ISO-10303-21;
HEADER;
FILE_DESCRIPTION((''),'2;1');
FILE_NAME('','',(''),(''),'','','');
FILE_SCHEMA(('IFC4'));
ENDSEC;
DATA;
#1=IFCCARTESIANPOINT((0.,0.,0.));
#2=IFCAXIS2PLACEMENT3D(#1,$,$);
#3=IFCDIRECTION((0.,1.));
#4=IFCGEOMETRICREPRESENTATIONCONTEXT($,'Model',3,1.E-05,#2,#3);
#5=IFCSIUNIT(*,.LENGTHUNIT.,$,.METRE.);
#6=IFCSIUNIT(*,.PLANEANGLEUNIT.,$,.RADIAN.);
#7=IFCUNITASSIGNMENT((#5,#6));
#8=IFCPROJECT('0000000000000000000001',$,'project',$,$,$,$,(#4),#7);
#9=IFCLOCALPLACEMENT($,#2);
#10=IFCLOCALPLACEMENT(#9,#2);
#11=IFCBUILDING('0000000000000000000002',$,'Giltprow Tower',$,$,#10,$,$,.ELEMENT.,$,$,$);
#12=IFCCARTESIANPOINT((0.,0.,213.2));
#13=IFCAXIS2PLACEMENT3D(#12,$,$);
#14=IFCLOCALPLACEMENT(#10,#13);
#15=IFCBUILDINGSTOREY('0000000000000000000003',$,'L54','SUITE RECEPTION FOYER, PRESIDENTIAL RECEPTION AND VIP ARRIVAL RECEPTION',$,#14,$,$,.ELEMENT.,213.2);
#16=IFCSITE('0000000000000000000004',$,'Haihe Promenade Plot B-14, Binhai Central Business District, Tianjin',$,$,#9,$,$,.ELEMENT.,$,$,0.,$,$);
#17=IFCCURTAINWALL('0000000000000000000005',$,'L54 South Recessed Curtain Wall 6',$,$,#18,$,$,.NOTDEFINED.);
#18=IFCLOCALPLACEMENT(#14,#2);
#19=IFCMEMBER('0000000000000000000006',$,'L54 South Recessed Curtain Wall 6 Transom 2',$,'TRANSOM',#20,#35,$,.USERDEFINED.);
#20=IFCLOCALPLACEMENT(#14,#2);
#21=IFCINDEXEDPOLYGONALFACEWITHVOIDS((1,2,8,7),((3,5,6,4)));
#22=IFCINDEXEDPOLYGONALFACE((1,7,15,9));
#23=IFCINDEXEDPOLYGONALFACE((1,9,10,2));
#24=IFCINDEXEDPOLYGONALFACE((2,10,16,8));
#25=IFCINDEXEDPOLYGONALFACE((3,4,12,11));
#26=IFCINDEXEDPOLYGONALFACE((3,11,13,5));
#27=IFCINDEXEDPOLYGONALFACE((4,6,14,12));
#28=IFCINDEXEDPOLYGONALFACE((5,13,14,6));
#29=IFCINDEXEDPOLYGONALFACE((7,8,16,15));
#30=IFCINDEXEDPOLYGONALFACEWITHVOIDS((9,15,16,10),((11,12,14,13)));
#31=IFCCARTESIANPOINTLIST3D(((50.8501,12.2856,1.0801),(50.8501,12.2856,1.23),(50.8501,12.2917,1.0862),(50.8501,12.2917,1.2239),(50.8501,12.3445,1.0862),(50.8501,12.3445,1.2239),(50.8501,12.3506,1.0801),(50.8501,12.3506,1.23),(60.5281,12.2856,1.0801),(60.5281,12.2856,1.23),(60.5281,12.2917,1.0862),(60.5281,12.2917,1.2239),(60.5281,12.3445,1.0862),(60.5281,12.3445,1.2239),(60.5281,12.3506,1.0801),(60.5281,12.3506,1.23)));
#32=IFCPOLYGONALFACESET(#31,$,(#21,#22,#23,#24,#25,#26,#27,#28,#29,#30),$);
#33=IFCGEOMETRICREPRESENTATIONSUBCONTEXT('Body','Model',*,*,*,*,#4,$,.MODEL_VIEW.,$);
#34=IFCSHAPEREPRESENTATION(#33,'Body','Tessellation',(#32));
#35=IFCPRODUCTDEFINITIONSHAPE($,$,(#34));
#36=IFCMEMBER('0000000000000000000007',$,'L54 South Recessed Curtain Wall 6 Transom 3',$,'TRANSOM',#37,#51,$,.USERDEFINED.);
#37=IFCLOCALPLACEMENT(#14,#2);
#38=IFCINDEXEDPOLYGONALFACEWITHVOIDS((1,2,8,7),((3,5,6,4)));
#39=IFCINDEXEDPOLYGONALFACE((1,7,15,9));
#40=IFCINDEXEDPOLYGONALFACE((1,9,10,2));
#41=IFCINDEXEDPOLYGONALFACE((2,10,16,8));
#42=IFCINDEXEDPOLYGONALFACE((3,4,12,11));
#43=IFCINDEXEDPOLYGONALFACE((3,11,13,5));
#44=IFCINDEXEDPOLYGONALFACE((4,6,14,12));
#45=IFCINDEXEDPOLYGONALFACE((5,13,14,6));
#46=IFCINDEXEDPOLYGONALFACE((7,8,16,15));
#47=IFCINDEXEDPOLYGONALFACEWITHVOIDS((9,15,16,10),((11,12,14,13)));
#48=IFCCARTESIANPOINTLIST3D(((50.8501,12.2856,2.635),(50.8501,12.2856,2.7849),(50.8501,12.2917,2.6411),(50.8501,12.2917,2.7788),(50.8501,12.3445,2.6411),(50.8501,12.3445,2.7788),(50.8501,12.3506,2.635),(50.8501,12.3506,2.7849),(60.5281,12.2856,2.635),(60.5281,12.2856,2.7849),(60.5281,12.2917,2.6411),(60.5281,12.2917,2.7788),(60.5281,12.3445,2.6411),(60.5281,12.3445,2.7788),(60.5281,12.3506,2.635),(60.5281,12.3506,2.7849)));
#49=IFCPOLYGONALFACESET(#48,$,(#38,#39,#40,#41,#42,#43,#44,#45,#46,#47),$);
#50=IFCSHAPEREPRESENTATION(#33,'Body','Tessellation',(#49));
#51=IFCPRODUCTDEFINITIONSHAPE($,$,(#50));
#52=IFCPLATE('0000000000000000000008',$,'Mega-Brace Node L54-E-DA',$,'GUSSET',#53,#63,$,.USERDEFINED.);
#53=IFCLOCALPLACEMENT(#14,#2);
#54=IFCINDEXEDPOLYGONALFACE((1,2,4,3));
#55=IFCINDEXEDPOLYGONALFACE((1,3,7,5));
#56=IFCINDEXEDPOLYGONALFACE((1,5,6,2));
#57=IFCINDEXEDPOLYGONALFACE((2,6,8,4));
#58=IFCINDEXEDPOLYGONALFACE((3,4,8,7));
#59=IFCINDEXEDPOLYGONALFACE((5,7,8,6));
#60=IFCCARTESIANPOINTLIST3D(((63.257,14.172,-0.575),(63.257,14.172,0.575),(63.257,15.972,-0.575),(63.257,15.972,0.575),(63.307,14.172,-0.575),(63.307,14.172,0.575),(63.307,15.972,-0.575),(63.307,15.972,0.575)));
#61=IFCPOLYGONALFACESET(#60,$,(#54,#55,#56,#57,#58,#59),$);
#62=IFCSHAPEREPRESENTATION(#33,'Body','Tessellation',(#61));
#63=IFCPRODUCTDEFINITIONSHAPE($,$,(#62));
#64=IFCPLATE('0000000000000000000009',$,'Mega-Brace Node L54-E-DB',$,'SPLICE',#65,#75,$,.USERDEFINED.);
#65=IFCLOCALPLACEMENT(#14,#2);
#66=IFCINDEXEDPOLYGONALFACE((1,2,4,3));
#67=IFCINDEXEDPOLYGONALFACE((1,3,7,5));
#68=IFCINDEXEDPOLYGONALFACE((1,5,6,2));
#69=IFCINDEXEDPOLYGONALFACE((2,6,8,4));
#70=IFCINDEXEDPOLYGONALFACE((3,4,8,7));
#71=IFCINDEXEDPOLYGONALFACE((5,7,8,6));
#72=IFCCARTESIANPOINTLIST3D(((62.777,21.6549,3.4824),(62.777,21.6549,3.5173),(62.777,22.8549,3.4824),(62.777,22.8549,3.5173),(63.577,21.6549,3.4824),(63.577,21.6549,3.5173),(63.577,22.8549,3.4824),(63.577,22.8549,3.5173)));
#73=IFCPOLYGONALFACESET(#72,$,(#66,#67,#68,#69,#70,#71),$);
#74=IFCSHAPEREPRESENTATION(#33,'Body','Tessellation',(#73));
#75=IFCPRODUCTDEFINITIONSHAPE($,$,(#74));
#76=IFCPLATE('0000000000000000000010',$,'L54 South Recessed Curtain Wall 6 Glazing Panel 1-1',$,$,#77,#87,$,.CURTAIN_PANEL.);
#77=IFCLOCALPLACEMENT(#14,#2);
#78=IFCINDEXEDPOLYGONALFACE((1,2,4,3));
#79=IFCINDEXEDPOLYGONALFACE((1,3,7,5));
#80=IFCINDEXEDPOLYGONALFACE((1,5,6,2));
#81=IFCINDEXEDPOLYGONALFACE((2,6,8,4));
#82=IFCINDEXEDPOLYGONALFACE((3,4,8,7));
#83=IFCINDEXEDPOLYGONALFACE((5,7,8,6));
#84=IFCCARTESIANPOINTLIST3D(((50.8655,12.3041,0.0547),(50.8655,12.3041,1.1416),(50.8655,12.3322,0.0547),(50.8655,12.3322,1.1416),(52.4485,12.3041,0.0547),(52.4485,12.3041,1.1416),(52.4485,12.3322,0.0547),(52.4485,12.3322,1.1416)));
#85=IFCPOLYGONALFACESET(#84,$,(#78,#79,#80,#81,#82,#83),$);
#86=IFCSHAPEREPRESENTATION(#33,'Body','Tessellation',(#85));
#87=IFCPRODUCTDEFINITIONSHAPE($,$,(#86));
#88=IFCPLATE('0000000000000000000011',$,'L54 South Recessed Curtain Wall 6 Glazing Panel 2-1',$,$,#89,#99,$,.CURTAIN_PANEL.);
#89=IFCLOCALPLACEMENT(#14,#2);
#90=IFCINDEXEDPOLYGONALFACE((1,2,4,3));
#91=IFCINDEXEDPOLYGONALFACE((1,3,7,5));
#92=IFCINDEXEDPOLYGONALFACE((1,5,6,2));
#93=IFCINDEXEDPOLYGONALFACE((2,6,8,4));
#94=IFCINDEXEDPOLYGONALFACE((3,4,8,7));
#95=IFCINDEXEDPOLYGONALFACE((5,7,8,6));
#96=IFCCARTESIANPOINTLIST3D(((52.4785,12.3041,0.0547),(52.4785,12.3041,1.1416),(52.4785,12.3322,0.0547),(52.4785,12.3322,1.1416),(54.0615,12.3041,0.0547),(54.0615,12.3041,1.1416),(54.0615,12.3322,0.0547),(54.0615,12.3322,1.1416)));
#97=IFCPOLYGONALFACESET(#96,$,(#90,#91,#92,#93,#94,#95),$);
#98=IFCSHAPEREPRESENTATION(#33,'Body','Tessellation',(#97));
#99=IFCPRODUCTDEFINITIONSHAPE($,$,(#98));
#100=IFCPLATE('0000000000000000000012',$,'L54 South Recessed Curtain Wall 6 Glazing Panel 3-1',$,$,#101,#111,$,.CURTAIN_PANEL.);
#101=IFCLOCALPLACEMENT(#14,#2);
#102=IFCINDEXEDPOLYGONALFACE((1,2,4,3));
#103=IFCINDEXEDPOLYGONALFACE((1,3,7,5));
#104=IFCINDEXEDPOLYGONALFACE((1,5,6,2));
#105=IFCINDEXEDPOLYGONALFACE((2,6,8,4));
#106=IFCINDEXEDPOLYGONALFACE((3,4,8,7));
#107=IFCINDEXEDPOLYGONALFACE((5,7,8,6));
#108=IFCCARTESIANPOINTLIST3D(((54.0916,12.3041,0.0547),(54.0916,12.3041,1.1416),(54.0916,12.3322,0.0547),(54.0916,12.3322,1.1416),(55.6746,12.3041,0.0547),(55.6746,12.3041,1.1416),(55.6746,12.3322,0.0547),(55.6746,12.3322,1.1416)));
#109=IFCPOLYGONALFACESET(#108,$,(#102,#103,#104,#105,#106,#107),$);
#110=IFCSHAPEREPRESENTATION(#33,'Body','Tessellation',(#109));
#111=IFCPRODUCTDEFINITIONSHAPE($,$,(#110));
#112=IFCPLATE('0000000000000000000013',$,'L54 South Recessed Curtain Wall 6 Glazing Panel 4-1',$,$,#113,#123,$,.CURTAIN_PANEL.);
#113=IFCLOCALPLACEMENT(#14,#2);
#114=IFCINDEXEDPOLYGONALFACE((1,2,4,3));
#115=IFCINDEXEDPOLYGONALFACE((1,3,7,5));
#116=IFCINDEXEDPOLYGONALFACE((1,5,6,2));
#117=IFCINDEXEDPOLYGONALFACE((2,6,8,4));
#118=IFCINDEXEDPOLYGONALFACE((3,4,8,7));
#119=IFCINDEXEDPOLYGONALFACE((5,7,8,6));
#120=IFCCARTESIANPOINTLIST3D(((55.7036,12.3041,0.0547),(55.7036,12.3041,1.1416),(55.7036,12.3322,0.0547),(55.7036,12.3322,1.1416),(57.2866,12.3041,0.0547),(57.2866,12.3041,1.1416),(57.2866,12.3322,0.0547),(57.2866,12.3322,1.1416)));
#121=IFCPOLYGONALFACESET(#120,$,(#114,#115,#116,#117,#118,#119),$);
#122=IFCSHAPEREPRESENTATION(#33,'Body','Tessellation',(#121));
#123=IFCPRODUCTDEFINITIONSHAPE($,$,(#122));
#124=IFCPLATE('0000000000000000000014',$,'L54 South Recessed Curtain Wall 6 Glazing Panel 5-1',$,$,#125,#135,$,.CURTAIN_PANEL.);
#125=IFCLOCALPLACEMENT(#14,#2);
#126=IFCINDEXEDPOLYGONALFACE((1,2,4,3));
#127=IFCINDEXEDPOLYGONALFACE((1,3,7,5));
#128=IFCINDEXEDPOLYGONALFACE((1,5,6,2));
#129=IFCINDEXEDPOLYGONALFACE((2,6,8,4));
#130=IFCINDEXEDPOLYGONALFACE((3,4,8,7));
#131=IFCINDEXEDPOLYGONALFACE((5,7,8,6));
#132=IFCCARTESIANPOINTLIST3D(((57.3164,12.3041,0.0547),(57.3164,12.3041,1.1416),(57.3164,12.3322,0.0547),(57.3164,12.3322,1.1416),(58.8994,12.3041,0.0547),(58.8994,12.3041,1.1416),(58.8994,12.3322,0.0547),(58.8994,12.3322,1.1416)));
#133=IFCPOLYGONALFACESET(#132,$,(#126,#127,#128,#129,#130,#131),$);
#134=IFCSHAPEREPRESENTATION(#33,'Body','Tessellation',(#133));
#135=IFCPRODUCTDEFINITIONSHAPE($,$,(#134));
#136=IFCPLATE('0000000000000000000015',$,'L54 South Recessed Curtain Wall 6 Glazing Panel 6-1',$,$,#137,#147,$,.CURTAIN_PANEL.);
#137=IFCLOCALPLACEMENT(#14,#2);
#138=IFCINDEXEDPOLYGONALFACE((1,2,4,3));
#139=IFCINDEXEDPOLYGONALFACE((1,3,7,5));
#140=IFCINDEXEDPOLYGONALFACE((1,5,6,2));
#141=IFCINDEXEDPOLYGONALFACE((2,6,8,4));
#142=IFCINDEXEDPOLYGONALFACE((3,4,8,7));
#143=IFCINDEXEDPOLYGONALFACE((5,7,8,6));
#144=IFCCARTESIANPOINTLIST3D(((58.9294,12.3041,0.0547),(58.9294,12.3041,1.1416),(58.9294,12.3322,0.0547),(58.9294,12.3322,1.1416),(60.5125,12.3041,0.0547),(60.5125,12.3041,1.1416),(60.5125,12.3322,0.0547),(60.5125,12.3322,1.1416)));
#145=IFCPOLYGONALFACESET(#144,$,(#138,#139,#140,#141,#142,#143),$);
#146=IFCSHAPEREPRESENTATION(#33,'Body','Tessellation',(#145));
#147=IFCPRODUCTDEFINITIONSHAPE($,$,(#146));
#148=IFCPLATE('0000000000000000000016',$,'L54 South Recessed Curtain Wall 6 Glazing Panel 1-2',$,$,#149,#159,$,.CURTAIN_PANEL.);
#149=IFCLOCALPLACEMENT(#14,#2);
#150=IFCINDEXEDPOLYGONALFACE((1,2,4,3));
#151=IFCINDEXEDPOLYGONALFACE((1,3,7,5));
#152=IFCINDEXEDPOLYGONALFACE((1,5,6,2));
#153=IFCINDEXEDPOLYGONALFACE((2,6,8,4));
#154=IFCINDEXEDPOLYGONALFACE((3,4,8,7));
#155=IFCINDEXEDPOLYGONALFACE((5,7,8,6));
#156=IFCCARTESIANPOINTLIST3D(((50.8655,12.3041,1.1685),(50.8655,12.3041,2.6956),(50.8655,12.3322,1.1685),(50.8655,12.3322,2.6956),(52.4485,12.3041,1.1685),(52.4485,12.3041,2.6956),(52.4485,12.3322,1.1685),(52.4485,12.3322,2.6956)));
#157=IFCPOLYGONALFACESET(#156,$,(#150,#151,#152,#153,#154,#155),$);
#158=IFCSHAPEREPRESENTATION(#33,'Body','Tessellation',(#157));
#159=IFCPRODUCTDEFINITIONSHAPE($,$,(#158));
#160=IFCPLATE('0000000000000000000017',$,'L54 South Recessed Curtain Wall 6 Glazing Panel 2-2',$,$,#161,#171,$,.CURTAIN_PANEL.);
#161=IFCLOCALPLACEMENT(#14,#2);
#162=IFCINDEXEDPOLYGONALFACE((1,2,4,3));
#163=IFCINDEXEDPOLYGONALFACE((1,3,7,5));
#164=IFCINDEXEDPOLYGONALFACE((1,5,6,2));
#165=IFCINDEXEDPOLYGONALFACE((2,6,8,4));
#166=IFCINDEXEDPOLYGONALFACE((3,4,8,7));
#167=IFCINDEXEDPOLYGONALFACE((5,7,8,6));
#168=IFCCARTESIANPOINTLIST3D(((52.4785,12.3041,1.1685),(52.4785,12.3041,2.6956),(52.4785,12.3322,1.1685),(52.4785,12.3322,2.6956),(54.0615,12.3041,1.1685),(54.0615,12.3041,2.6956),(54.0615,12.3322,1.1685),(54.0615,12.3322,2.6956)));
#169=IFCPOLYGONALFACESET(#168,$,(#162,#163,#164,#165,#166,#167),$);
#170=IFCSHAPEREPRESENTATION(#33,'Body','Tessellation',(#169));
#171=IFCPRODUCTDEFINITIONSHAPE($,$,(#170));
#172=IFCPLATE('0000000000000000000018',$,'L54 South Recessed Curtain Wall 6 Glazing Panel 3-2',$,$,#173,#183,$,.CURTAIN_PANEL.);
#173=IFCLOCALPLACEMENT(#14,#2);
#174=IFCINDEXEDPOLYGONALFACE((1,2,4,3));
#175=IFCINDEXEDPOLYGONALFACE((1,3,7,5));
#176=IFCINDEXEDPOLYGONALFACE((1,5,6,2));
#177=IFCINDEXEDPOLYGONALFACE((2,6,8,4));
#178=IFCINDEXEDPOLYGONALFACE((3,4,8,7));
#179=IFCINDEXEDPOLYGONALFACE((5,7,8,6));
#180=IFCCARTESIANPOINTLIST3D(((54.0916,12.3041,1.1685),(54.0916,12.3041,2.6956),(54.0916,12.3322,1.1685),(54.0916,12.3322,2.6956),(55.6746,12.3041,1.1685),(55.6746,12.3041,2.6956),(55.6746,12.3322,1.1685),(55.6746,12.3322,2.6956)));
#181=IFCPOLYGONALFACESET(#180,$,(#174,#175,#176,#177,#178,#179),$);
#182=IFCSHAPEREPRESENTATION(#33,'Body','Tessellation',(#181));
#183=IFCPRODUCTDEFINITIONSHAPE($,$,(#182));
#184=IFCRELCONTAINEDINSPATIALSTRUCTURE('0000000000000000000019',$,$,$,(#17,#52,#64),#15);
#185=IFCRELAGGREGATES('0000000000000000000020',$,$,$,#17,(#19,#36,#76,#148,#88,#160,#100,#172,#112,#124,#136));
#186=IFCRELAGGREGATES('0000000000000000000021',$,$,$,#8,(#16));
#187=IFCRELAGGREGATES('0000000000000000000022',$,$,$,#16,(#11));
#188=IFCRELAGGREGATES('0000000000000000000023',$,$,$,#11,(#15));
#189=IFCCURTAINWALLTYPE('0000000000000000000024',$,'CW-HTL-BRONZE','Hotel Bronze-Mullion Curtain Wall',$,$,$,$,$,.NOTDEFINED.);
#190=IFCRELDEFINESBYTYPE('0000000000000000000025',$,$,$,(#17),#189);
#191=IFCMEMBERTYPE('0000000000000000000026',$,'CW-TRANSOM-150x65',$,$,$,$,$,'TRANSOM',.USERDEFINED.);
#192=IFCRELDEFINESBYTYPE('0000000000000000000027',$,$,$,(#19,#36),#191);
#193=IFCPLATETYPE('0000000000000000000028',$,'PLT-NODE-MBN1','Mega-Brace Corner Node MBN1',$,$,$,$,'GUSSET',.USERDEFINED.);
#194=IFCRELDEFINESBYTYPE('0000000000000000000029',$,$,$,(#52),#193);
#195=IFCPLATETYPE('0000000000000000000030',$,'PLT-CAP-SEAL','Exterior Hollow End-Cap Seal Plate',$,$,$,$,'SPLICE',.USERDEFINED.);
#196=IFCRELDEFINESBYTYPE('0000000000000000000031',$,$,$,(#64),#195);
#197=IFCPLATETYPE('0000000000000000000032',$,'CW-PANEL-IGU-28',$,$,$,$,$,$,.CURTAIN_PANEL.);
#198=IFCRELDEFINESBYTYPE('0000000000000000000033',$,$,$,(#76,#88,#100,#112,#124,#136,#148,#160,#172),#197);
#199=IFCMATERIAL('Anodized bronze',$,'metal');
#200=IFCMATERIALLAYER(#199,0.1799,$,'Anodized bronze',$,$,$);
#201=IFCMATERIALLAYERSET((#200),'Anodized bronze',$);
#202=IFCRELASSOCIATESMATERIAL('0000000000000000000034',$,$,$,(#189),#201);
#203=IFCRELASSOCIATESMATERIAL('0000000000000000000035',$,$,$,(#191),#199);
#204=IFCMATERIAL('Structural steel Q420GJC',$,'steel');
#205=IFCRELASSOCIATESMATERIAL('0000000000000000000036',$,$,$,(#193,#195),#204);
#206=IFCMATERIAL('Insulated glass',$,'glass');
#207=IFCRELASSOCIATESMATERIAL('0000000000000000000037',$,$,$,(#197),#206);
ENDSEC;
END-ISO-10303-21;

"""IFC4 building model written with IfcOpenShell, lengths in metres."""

from ifc_helpers import new_model, si_unit, direction, frame, origin, origin_2d, place, context, subcontext, project, spatial, rectangle, hollow_rectangle, extrude, source, transform, mapped, material, layer, layer_set, material_profile, profile_set, type_object, element, aggregate, save


model = new_model("IFC4")

# Units and contexts
model_context = context("Model", 3, precision=1e-05, world=origin(), true_north=direction((0.0, 1.0)))
body_context = subcontext(model_context, "Body", "Model", "MODEL_VIEW")
ifc_project = project(units=[si_unit("LENGTHUNIT", "METRE"), si_unit("PLANEANGLEUNIT", "RADIAN")], contexts=[model_context])

# Site, building, storey
site_placement = place(None, origin())
site = spatial("IfcSite", under=ifc_project, at=site_placement, Name="Haihe Promenade Plot B-14, Binhai Central Business District, Tianjin", CompositionType="ELEMENT", RefElevation=0.0)
building_placement = place(site_placement, origin())
building = spatial("IfcBuilding", under=site, at=building_placement, Name="Giltprow Tower", CompositionType="ELEMENT")
storey_placement = place(building_placement, frame((0.0, 0.0, 213.2)))
storey = spatial("IfcBuildingStorey", under=building, at=storey_placement, Name="L54", Description="SUITE RECEPTION FOYER, PRESIDENTIAL RECEPTION AND VIP ARRIVAL RECEPTION", CompositionType="ELEMENT", Elevation=213.2)

# Shared definitions
ifc_material_1 = material(Name="Structural steel Q420GJC", Category="steel")

# Curtain wall, members
ifc_material_2 = material(Name="Anodized bronze", Category="metal")
ifc_layer_1 = layer(ifc_material_2, 0.1799, Name="Anodized bronze")
ifc_layer_set_1 = layer_set([ifc_layer_1], Name="Anodized bronze")
curtain_wall_type = type_object("IfcCurtainWallType", Name="CW-HTL-BRONZE", Description="Hotel Bronze-Mullion Curtain Wall", PredefinedType="NOTDEFINED", material=ifc_layer_set_1)
curtain_wall_placement = place(storey_placement, origin())
curtain_wall = element("IfcCurtainWall", 1, at=curtain_wall_placement, inside=storey, type_object=curtain_wall_type, Name="L54 South Recessed Curtain Wall 6", PredefinedType="NOTDEFINED")
ifc_material_profile_1 = material_profile(ifc_material_2, hollow_rectangle(XDim=0.0649, YDim=0.1499, WallThickness=0.0061, at=origin_2d()), Name="RHS 150x65x6")
ifc_profile_set_1 = profile_set([ifc_material_profile_1], Name="Anodized bronze")
member_type_1 = type_object("IfcMemberType", Name="CW-TRANSOM-150x65", ElementType="TRANSOM", PredefinedType="USERDEFINED", material=ifc_profile_set_1)
shared_shape_1 = source(origin(), body_context, "Body", "SweptSolid", [
    extrude(hollow_rectangle(XDim=0.0649, YDim=0.1499, WallThickness=0.0061, at=origin_2d()), origin(), (0.0, 0.0, 1.0), 9.678),
])
member_1_placement = place(storey_placement, frame((50.8501, 12.3181, 1.155), z_axis=(1.0, 0.0, 0.0), x_axis=(0.0, 1.0, 0.0)))
member_1 = element("IfcMember", 2, at=member_1_placement, type_object=member_type_1, Name="L54 South Recessed Curtain Wall 6 Transom 2", ObjectType="TRANSOM", PredefinedType="USERDEFINED", context=body_context, shape_type="MappedRepresentation", body=[
    mapped(shared_shape_1, transform((0.0, 0.0, 0.0), x_axis=(1.0, 0.0, 0.0), y_axis=(0.0, 1.0, 0.0), z_axis=(0.0, 0.0, 1.0), scale=1.0)),
])
member_2_placement = place(storey_placement, frame((50.8501, 12.3181, 2.71), z_axis=(1.0, 0.0, 0.0), x_axis=(0.0, 1.0, 0.0)))
member_2 = element("IfcMember", 3, at=member_2_placement, type_object=member_type_1, Name="L54 South Recessed Curtain Wall 6 Transom 3", ObjectType="TRANSOM", PredefinedType="USERDEFINED", context=body_context, shape_type="MappedRepresentation", body=[
    mapped(shared_shape_1, transform((0.0, 0.0, 0.0), x_axis=(1.0, 0.0, 0.0), y_axis=(0.0, 1.0, 0.0), z_axis=(0.0, 0.0, 1.0), scale=1.0)),
])

# Plates
plate_type_1 = type_object("IfcPlateType", Name="PLT-NODE-MBN1", Description="Mega-Brace Corner Node MBN1", ElementType="GUSSET", PredefinedType="USERDEFINED", material=ifc_material_1)
shared_shape_2 = source(origin(), body_context, "Body", "SweptSolid", [
    extrude(rectangle(XDim=1.8, YDim=0.05, at=origin_2d()), origin(), (0.0, 0.0, 1.0), 1.1499),
])
plate_1_placement = place(storey_placement, frame((63.282, 15.072, -0.575), z_axis=(0.0, 0.0, 1.0), x_axis=(0.0, 1.0, 0.0)))
element("IfcPlate", 4, at=plate_1_placement, inside=storey, type_object=plate_type_1, Name="Mega-Brace Node L54-E-DA", ObjectType="GUSSET", PredefinedType="USERDEFINED", context=body_context, shape_type="MappedRepresentation", body=[
    mapped(shared_shape_2, transform((0.0, 0.0, 0.0), x_axis=(1.0, 0.0, 0.0), y_axis=(0.0, 1.0, 0.0), z_axis=(0.0, 0.0, 1.0), scale=1.0)),
])
plate_type_2 = type_object("IfcPlateType", Name="PLT-CAP-SEAL", Description="Exterior Hollow End-Cap Seal Plate", ElementType="SPLICE", PredefinedType="USERDEFINED", material=ifc_material_1)
shared_shape_3 = source(origin(), body_context, "Body", "SweptSolid", [
    extrude(rectangle(XDim=1.2, YDim=0.8, at=origin_2d()), origin(), (0.0, 0.0, 1.0), 0.0349),
])
plate_2_placement = place(storey_placement, frame((63.177, 22.2549, 3.4824), z_axis=(0.0, 0.0, 1.0), x_axis=(0.0, 1.0, 0.0)))
element("IfcPlate", 5, at=plate_2_placement, inside=storey, type_object=plate_type_2, Name="Mega-Brace Node L54-E-DB", ObjectType="SPLICE", PredefinedType="USERDEFINED", context=body_context, shape_type="MappedRepresentation", body=[
    mapped(shared_shape_3, transform((0.0, 0.0, 0.0), x_axis=(1.0, 0.0, 0.0), y_axis=(0.0, 1.0, 0.0), z_axis=(0.0, 0.0, 1.0), scale=1.0)),
])

# Plates
ifc_material_3 = material(Name="Insulated glass", Category="glass")
plate_type_3 = type_object("IfcPlateType", Name="CW-PANEL-IGU-28", PredefinedType="CURTAIN_PANEL", material=ifc_material_3)
shared_shape_4 = source(origin(), body_context, "Body", "SweptSolid", [
    extrude(rectangle(XDim=1.583, YDim=0.0281, at=origin_2d()), origin(), (0.0, 0.0, 1.0), 1.0869),
])
plate_3_placement = place(storey_placement, frame((51.657, 12.3181, 0.0547), z_axis=(0.0, 0.0, 1.0), x_axis=(1.0, 0.0, 0.0)))
plate_3 = element("IfcPlate", 6, at=plate_3_placement, type_object=plate_type_3, Name="L54 South Recessed Curtain Wall 6 Glazing Panel 1-1", PredefinedType="CURTAIN_PANEL", context=body_context, shape_type="MappedRepresentation", body=[
    mapped(shared_shape_4, transform((0.0, 0.0, 0.0), x_axis=(1.0, 0.0, 0.0), y_axis=(0.0, 1.0, 0.0), z_axis=(0.0, 0.0, 1.0), scale=1.0)),
])
plate_4_placement = place(storey_placement, frame((53.27, 12.3181, 0.0547), z_axis=(0.0, 0.0, 1.0), x_axis=(1.0, 0.0, 0.0)))
plate_4 = element("IfcPlate", 7, at=plate_4_placement, type_object=plate_type_3, Name="L54 South Recessed Curtain Wall 6 Glazing Panel 2-1", PredefinedType="CURTAIN_PANEL", context=body_context, shape_type="MappedRepresentation", body=[
    mapped(shared_shape_4, transform((0.0, 0.0, 0.0), x_axis=(1.0, 0.0, 0.0), y_axis=(0.0, 1.0, 0.0), z_axis=(0.0, 0.0, 1.0), scale=1.0)),
])
plate_5_placement = place(storey_placement, frame((54.8831, 12.3181, 0.0547), z_axis=(0.0, 0.0, 1.0), x_axis=(1.0, 0.0, 0.0)))
plate_5 = element("IfcPlate", 8, at=plate_5_placement, type_object=plate_type_3, Name="L54 South Recessed Curtain Wall 6 Glazing Panel 3-1", PredefinedType="CURTAIN_PANEL", context=body_context, shape_type="MappedRepresentation", body=[
    mapped(shared_shape_4, transform((0.0, 0.0, 0.0), x_axis=(1.0, 0.0, 0.0), y_axis=(0.0, 1.0, 0.0), z_axis=(0.0, 0.0, 1.0), scale=1.0)),
])
plate_6_placement = place(storey_placement, frame((56.4951, 12.3181, 0.0547), z_axis=(0.0, 0.0, 1.0), x_axis=(1.0, 0.0, 0.0)))
plate_6 = element("IfcPlate", 9, at=plate_6_placement, type_object=plate_type_3, Name="L54 South Recessed Curtain Wall 6 Glazing Panel 4-1", PredefinedType="CURTAIN_PANEL", context=body_context, shape_type="MappedRepresentation", body=[
    mapped(shared_shape_4, transform((0.0, 0.0, 0.0), x_axis=(1.0, 0.0, 0.0), y_axis=(0.0, 1.0, 0.0), z_axis=(0.0, 0.0, 1.0), scale=1.0)),
])
plate_7_placement = place(storey_placement, frame((58.1079, 12.3181, 0.0547), z_axis=(0.0, 0.0, 1.0), x_axis=(1.0, 0.0, 0.0)))
plate_7 = element("IfcPlate", 10, at=plate_7_placement, type_object=plate_type_3, Name="L54 South Recessed Curtain Wall 6 Glazing Panel 5-1", PredefinedType="CURTAIN_PANEL", context=body_context, shape_type="MappedRepresentation", body=[
    mapped(shared_shape_4, transform((0.0, 0.0, 0.0), x_axis=(1.0, 0.0, 0.0), y_axis=(0.0, 1.0, 0.0), z_axis=(0.0, 0.0, 1.0), scale=1.0)),
])
plate_8_placement = place(storey_placement, frame((59.7209, 12.3181, 0.0547), z_axis=(0.0, 0.0, 1.0), x_axis=(1.0, 0.0, 0.0)))
plate_8 = element("IfcPlate", 11, at=plate_8_placement, type_object=plate_type_3, Name="L54 South Recessed Curtain Wall 6 Glazing Panel 6-1", PredefinedType="CURTAIN_PANEL", context=body_context, shape_type="MappedRepresentation", body=[
    mapped(shared_shape_4, transform((0.0, 0.0, 0.0), x_axis=(1.0, 0.0, 0.0), y_axis=(0.0, 1.0, 0.0), z_axis=(0.0, 0.0, 1.0), scale=1.0)),
])
shared_shape_5 = source(origin(), body_context, "Body", "SweptSolid", [
    extrude(rectangle(XDim=1.583, YDim=0.0281, at=origin_2d()), origin(), (0.0, 0.0, 1.0), 1.5271),
])
plate_9_placement = place(storey_placement, frame((51.657, 12.3181, 1.1685), z_axis=(0.0, 0.0, 1.0), x_axis=(1.0, 0.0, 0.0)))
plate_9 = element("IfcPlate", 12, at=plate_9_placement, type_object=plate_type_3, Name="L54 South Recessed Curtain Wall 6 Glazing Panel 1-2", PredefinedType="CURTAIN_PANEL", context=body_context, shape_type="MappedRepresentation", body=[
    mapped(shared_shape_5, transform((0.0, 0.0, 0.0), x_axis=(1.0, 0.0, 0.0), y_axis=(0.0, 1.0, 0.0), z_axis=(0.0, 0.0, 1.0), scale=1.0)),
])
plate_10_placement = place(storey_placement, frame((53.27, 12.3181, 1.1685), z_axis=(0.0, 0.0, 1.0), x_axis=(1.0, 0.0, 0.0)))
plate_10 = element("IfcPlate", 13, at=plate_10_placement, type_object=plate_type_3, Name="L54 South Recessed Curtain Wall 6 Glazing Panel 2-2", PredefinedType="CURTAIN_PANEL", context=body_context, shape_type="MappedRepresentation", body=[
    mapped(shared_shape_5, transform((0.0, 0.0, 0.0), x_axis=(1.0, 0.0, 0.0), y_axis=(0.0, 1.0, 0.0), z_axis=(0.0, 0.0, 1.0), scale=1.0)),
])
plate_11_placement = place(storey_placement, frame((54.8831, 12.3181, 1.1685), z_axis=(0.0, 0.0, 1.0), x_axis=(1.0, 0.0, 0.0)))
plate_11 = element("IfcPlate", 14, at=plate_11_placement, type_object=plate_type_3, Name="L54 South Recessed Curtain Wall 6 Glazing Panel 3-2", PredefinedType="CURTAIN_PANEL", context=body_context, shape_type="MappedRepresentation", body=[
    mapped(shared_shape_5, transform((0.0, 0.0, 0.0), x_axis=(1.0, 0.0, 0.0), y_axis=(0.0, 1.0, 0.0), z_axis=(0.0, 0.0, 1.0), scale=1.0)),
])
aggregate(curtain_wall, [member_1, member_2, plate_3, plate_9, plate_4, plate_10, plate_5, plate_11, plate_6, plate_7, plate_8])

save(model, "model.ifc")
